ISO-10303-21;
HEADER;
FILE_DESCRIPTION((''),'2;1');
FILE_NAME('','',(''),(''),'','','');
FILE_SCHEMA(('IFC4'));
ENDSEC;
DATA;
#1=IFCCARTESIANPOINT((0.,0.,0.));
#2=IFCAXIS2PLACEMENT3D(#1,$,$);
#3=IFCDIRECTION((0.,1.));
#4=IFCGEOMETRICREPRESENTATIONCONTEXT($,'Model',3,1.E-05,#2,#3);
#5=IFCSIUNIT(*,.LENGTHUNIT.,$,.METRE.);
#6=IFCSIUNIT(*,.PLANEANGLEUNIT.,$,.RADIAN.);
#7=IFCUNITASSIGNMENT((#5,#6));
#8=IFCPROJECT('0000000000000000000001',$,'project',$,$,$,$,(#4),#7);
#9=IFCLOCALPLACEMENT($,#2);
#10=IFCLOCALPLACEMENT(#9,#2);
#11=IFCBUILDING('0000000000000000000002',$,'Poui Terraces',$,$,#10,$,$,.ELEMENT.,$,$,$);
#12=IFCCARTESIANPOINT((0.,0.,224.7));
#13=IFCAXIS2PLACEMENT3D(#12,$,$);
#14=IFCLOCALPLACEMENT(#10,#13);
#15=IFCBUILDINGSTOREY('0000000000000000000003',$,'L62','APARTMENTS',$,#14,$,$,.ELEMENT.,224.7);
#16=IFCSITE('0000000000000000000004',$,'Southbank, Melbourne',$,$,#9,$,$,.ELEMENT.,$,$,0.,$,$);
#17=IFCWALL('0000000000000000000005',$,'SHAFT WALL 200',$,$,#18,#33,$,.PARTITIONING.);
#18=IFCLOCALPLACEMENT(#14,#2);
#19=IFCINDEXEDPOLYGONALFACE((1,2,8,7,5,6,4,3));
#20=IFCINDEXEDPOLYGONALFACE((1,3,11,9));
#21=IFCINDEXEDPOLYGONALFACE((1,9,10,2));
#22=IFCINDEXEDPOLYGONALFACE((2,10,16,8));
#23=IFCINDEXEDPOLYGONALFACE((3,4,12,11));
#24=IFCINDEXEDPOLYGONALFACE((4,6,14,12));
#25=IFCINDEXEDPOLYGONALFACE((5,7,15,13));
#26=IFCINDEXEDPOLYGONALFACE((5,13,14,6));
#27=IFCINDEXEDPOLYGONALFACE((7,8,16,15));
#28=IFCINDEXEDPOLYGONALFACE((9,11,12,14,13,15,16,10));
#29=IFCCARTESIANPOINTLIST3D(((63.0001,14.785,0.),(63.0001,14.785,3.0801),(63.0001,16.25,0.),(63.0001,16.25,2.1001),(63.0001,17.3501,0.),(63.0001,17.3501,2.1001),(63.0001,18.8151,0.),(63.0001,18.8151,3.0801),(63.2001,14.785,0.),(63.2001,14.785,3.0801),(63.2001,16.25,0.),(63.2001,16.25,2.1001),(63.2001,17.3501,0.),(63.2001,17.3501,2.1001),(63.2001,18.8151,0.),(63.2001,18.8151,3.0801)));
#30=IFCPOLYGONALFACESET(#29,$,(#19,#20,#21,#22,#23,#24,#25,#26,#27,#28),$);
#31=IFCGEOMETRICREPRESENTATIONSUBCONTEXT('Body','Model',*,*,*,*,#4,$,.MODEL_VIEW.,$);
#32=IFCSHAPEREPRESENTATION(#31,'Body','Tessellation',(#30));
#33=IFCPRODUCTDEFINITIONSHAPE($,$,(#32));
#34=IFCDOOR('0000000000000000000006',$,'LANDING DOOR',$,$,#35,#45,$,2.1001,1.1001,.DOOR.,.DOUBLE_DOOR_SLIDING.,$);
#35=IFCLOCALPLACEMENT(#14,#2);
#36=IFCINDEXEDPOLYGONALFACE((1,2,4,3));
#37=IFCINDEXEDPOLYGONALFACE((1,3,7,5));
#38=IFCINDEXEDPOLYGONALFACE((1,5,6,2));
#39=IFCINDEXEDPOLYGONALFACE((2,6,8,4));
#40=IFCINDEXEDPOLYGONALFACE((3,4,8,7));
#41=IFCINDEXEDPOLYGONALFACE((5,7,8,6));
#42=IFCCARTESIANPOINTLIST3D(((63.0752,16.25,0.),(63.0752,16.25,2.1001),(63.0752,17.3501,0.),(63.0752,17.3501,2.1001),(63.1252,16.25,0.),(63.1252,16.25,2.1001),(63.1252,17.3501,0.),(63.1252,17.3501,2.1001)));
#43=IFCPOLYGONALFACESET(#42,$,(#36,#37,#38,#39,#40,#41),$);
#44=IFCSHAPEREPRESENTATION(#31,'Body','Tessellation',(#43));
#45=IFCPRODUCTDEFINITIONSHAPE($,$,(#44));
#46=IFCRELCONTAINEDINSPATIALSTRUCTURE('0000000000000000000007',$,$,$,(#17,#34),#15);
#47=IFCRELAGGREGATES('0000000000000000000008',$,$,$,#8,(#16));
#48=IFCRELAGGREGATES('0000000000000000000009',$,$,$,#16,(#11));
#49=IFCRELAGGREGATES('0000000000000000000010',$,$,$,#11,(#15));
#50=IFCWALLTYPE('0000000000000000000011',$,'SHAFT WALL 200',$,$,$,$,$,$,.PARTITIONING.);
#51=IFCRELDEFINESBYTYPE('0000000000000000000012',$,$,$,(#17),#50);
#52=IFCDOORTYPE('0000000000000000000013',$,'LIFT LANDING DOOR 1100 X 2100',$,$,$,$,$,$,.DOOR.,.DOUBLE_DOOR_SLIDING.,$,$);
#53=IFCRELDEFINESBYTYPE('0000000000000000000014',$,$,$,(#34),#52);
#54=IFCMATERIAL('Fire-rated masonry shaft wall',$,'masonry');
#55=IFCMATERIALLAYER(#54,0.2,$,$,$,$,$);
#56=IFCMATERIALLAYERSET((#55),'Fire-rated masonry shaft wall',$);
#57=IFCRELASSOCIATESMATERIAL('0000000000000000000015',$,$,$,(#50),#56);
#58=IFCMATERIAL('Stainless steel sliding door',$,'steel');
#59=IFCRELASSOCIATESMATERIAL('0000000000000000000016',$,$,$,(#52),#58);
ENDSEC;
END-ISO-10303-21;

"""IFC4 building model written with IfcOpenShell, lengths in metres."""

from ifc_helpers import new_model, si_unit, direction, frame, frame_2d, origin, place, context, subcontext, project, spatial, rectangle, extrude, material, layer, layer_set, type_object, element, fill, save


model = new_model("IFC4")

# Units and contexts
model_context = context("Model", 3, precision=1e-05, world=origin(), true_north=direction((0.0, 1.0)))
body_context = subcontext(model_context, "Body", "Model", "MODEL_VIEW")
ifc_project = project(units=[si_unit("LENGTHUNIT", "METRE"), si_unit("PLANEANGLEUNIT", "RADIAN")], contexts=[model_context])

# Site, building, storey
site_placement = place(None, origin())
site = spatial("IfcSite", under=ifc_project, at=site_placement, Name="Southbank, Melbourne", CompositionType="ELEMENT", RefElevation=0.0)
building_placement = place(site_placement, origin())
building = spatial("IfcBuilding", under=site, at=building_placement, Name="Poui Terraces", CompositionType="ELEMENT")
storey_placement = place(building_placement, frame((0.0, 0.0, 224.7)))
storey = spatial("IfcBuildingStorey", under=building, at=storey_placement, Name="L62", Description="APARTMENTS", CompositionType="ELEMENT", Elevation=224.7)

# Shared definitions
ifc_material_1 = material(Name="Fire-rated masonry shaft wall", Category="masonry")
ifc_layer_1 = layer(ifc_material_1, 0.2)
ifc_layer_set_1 = layer_set([ifc_layer_1], Name="Fire-rated masonry shaft wall")
wall_type_1 = type_object("IfcWallType", Name="SHAFT WALL 200", PredefinedType="PARTITIONING", material=ifc_layer_set_1)

# Wall, opening, door
wall_1_placement = place(storey_placement, frame((63.1001, 14.7849, 0.0), z_axis=(0.0, 0.0, 1.0), x_axis=(0.0, 1.0, 0.0)))
wall_1 = element("IfcWall", 1, at=wall_1_placement, inside=storey, type_object=wall_type_1, Name="SHAFT WALL 200", PredefinedType="PARTITIONING", context=body_context, shape_type="SweptSolid", body=[
    extrude(rectangle(XDim=4.03, YDim=0.2, at=frame_2d((2.0151, 0.0))), origin(), (0.0, 0.0, 1.0), 3.0801),
])
opening_1_placement = place(wall_1_placement, frame((1.4651, 0.0, 0.0)))
opening_1 = element("IfcOpeningElement", 2, at=opening_1_placement, cuts=wall_1, PredefinedType="OPENING", context=body_context, shape_type="SweptSolid", body=[
    extrude(rectangle(XDim=1.1001, YDim=2.1001, at=frame_2d((0.55, 1.05))), frame((0.0, 0.1099, 0.0), z_axis=(0.0, -1.0, 0.0), x_axis=(1.0, 0.0, 0.0)), (0.0, 0.0, 1.0), 0.22),
])
ifc_material_2 = material(Name="Stainless steel sliding door", Category="steel")
door_type_1 = type_object("IfcDoorType", Name="LIFT LANDING DOOR 1100 X 2100", OperationType="DOUBLE_DOOR_SLIDING", PredefinedType="DOOR", material=ifc_material_2)
door_1_placement = place(opening_1_placement, origin())
door_1 = element("IfcDoor", 3, at=door_1_placement, inside=storey, type_object=door_type_1, Name="LANDING DOOR", OperationType="DOUBLE_DOOR_SLIDING", OverallHeight=2.1001, OverallWidth=1.1001, PredefinedType="DOOR", context=body_context, shape_type="SweptSolid", body=[
    extrude(rectangle(XDim=1.1001, YDim=2.1001, at=frame_2d((0.55, 1.05))), frame((0.0, 0.0249, 0.0), z_axis=(0.0, -1.0, 0.0), x_axis=(1.0, 0.0, 0.0)), (0.0, 0.0, 1.0), 0.05),
])
fill(opening_1, door_1)

save(model, "model.ifc")
